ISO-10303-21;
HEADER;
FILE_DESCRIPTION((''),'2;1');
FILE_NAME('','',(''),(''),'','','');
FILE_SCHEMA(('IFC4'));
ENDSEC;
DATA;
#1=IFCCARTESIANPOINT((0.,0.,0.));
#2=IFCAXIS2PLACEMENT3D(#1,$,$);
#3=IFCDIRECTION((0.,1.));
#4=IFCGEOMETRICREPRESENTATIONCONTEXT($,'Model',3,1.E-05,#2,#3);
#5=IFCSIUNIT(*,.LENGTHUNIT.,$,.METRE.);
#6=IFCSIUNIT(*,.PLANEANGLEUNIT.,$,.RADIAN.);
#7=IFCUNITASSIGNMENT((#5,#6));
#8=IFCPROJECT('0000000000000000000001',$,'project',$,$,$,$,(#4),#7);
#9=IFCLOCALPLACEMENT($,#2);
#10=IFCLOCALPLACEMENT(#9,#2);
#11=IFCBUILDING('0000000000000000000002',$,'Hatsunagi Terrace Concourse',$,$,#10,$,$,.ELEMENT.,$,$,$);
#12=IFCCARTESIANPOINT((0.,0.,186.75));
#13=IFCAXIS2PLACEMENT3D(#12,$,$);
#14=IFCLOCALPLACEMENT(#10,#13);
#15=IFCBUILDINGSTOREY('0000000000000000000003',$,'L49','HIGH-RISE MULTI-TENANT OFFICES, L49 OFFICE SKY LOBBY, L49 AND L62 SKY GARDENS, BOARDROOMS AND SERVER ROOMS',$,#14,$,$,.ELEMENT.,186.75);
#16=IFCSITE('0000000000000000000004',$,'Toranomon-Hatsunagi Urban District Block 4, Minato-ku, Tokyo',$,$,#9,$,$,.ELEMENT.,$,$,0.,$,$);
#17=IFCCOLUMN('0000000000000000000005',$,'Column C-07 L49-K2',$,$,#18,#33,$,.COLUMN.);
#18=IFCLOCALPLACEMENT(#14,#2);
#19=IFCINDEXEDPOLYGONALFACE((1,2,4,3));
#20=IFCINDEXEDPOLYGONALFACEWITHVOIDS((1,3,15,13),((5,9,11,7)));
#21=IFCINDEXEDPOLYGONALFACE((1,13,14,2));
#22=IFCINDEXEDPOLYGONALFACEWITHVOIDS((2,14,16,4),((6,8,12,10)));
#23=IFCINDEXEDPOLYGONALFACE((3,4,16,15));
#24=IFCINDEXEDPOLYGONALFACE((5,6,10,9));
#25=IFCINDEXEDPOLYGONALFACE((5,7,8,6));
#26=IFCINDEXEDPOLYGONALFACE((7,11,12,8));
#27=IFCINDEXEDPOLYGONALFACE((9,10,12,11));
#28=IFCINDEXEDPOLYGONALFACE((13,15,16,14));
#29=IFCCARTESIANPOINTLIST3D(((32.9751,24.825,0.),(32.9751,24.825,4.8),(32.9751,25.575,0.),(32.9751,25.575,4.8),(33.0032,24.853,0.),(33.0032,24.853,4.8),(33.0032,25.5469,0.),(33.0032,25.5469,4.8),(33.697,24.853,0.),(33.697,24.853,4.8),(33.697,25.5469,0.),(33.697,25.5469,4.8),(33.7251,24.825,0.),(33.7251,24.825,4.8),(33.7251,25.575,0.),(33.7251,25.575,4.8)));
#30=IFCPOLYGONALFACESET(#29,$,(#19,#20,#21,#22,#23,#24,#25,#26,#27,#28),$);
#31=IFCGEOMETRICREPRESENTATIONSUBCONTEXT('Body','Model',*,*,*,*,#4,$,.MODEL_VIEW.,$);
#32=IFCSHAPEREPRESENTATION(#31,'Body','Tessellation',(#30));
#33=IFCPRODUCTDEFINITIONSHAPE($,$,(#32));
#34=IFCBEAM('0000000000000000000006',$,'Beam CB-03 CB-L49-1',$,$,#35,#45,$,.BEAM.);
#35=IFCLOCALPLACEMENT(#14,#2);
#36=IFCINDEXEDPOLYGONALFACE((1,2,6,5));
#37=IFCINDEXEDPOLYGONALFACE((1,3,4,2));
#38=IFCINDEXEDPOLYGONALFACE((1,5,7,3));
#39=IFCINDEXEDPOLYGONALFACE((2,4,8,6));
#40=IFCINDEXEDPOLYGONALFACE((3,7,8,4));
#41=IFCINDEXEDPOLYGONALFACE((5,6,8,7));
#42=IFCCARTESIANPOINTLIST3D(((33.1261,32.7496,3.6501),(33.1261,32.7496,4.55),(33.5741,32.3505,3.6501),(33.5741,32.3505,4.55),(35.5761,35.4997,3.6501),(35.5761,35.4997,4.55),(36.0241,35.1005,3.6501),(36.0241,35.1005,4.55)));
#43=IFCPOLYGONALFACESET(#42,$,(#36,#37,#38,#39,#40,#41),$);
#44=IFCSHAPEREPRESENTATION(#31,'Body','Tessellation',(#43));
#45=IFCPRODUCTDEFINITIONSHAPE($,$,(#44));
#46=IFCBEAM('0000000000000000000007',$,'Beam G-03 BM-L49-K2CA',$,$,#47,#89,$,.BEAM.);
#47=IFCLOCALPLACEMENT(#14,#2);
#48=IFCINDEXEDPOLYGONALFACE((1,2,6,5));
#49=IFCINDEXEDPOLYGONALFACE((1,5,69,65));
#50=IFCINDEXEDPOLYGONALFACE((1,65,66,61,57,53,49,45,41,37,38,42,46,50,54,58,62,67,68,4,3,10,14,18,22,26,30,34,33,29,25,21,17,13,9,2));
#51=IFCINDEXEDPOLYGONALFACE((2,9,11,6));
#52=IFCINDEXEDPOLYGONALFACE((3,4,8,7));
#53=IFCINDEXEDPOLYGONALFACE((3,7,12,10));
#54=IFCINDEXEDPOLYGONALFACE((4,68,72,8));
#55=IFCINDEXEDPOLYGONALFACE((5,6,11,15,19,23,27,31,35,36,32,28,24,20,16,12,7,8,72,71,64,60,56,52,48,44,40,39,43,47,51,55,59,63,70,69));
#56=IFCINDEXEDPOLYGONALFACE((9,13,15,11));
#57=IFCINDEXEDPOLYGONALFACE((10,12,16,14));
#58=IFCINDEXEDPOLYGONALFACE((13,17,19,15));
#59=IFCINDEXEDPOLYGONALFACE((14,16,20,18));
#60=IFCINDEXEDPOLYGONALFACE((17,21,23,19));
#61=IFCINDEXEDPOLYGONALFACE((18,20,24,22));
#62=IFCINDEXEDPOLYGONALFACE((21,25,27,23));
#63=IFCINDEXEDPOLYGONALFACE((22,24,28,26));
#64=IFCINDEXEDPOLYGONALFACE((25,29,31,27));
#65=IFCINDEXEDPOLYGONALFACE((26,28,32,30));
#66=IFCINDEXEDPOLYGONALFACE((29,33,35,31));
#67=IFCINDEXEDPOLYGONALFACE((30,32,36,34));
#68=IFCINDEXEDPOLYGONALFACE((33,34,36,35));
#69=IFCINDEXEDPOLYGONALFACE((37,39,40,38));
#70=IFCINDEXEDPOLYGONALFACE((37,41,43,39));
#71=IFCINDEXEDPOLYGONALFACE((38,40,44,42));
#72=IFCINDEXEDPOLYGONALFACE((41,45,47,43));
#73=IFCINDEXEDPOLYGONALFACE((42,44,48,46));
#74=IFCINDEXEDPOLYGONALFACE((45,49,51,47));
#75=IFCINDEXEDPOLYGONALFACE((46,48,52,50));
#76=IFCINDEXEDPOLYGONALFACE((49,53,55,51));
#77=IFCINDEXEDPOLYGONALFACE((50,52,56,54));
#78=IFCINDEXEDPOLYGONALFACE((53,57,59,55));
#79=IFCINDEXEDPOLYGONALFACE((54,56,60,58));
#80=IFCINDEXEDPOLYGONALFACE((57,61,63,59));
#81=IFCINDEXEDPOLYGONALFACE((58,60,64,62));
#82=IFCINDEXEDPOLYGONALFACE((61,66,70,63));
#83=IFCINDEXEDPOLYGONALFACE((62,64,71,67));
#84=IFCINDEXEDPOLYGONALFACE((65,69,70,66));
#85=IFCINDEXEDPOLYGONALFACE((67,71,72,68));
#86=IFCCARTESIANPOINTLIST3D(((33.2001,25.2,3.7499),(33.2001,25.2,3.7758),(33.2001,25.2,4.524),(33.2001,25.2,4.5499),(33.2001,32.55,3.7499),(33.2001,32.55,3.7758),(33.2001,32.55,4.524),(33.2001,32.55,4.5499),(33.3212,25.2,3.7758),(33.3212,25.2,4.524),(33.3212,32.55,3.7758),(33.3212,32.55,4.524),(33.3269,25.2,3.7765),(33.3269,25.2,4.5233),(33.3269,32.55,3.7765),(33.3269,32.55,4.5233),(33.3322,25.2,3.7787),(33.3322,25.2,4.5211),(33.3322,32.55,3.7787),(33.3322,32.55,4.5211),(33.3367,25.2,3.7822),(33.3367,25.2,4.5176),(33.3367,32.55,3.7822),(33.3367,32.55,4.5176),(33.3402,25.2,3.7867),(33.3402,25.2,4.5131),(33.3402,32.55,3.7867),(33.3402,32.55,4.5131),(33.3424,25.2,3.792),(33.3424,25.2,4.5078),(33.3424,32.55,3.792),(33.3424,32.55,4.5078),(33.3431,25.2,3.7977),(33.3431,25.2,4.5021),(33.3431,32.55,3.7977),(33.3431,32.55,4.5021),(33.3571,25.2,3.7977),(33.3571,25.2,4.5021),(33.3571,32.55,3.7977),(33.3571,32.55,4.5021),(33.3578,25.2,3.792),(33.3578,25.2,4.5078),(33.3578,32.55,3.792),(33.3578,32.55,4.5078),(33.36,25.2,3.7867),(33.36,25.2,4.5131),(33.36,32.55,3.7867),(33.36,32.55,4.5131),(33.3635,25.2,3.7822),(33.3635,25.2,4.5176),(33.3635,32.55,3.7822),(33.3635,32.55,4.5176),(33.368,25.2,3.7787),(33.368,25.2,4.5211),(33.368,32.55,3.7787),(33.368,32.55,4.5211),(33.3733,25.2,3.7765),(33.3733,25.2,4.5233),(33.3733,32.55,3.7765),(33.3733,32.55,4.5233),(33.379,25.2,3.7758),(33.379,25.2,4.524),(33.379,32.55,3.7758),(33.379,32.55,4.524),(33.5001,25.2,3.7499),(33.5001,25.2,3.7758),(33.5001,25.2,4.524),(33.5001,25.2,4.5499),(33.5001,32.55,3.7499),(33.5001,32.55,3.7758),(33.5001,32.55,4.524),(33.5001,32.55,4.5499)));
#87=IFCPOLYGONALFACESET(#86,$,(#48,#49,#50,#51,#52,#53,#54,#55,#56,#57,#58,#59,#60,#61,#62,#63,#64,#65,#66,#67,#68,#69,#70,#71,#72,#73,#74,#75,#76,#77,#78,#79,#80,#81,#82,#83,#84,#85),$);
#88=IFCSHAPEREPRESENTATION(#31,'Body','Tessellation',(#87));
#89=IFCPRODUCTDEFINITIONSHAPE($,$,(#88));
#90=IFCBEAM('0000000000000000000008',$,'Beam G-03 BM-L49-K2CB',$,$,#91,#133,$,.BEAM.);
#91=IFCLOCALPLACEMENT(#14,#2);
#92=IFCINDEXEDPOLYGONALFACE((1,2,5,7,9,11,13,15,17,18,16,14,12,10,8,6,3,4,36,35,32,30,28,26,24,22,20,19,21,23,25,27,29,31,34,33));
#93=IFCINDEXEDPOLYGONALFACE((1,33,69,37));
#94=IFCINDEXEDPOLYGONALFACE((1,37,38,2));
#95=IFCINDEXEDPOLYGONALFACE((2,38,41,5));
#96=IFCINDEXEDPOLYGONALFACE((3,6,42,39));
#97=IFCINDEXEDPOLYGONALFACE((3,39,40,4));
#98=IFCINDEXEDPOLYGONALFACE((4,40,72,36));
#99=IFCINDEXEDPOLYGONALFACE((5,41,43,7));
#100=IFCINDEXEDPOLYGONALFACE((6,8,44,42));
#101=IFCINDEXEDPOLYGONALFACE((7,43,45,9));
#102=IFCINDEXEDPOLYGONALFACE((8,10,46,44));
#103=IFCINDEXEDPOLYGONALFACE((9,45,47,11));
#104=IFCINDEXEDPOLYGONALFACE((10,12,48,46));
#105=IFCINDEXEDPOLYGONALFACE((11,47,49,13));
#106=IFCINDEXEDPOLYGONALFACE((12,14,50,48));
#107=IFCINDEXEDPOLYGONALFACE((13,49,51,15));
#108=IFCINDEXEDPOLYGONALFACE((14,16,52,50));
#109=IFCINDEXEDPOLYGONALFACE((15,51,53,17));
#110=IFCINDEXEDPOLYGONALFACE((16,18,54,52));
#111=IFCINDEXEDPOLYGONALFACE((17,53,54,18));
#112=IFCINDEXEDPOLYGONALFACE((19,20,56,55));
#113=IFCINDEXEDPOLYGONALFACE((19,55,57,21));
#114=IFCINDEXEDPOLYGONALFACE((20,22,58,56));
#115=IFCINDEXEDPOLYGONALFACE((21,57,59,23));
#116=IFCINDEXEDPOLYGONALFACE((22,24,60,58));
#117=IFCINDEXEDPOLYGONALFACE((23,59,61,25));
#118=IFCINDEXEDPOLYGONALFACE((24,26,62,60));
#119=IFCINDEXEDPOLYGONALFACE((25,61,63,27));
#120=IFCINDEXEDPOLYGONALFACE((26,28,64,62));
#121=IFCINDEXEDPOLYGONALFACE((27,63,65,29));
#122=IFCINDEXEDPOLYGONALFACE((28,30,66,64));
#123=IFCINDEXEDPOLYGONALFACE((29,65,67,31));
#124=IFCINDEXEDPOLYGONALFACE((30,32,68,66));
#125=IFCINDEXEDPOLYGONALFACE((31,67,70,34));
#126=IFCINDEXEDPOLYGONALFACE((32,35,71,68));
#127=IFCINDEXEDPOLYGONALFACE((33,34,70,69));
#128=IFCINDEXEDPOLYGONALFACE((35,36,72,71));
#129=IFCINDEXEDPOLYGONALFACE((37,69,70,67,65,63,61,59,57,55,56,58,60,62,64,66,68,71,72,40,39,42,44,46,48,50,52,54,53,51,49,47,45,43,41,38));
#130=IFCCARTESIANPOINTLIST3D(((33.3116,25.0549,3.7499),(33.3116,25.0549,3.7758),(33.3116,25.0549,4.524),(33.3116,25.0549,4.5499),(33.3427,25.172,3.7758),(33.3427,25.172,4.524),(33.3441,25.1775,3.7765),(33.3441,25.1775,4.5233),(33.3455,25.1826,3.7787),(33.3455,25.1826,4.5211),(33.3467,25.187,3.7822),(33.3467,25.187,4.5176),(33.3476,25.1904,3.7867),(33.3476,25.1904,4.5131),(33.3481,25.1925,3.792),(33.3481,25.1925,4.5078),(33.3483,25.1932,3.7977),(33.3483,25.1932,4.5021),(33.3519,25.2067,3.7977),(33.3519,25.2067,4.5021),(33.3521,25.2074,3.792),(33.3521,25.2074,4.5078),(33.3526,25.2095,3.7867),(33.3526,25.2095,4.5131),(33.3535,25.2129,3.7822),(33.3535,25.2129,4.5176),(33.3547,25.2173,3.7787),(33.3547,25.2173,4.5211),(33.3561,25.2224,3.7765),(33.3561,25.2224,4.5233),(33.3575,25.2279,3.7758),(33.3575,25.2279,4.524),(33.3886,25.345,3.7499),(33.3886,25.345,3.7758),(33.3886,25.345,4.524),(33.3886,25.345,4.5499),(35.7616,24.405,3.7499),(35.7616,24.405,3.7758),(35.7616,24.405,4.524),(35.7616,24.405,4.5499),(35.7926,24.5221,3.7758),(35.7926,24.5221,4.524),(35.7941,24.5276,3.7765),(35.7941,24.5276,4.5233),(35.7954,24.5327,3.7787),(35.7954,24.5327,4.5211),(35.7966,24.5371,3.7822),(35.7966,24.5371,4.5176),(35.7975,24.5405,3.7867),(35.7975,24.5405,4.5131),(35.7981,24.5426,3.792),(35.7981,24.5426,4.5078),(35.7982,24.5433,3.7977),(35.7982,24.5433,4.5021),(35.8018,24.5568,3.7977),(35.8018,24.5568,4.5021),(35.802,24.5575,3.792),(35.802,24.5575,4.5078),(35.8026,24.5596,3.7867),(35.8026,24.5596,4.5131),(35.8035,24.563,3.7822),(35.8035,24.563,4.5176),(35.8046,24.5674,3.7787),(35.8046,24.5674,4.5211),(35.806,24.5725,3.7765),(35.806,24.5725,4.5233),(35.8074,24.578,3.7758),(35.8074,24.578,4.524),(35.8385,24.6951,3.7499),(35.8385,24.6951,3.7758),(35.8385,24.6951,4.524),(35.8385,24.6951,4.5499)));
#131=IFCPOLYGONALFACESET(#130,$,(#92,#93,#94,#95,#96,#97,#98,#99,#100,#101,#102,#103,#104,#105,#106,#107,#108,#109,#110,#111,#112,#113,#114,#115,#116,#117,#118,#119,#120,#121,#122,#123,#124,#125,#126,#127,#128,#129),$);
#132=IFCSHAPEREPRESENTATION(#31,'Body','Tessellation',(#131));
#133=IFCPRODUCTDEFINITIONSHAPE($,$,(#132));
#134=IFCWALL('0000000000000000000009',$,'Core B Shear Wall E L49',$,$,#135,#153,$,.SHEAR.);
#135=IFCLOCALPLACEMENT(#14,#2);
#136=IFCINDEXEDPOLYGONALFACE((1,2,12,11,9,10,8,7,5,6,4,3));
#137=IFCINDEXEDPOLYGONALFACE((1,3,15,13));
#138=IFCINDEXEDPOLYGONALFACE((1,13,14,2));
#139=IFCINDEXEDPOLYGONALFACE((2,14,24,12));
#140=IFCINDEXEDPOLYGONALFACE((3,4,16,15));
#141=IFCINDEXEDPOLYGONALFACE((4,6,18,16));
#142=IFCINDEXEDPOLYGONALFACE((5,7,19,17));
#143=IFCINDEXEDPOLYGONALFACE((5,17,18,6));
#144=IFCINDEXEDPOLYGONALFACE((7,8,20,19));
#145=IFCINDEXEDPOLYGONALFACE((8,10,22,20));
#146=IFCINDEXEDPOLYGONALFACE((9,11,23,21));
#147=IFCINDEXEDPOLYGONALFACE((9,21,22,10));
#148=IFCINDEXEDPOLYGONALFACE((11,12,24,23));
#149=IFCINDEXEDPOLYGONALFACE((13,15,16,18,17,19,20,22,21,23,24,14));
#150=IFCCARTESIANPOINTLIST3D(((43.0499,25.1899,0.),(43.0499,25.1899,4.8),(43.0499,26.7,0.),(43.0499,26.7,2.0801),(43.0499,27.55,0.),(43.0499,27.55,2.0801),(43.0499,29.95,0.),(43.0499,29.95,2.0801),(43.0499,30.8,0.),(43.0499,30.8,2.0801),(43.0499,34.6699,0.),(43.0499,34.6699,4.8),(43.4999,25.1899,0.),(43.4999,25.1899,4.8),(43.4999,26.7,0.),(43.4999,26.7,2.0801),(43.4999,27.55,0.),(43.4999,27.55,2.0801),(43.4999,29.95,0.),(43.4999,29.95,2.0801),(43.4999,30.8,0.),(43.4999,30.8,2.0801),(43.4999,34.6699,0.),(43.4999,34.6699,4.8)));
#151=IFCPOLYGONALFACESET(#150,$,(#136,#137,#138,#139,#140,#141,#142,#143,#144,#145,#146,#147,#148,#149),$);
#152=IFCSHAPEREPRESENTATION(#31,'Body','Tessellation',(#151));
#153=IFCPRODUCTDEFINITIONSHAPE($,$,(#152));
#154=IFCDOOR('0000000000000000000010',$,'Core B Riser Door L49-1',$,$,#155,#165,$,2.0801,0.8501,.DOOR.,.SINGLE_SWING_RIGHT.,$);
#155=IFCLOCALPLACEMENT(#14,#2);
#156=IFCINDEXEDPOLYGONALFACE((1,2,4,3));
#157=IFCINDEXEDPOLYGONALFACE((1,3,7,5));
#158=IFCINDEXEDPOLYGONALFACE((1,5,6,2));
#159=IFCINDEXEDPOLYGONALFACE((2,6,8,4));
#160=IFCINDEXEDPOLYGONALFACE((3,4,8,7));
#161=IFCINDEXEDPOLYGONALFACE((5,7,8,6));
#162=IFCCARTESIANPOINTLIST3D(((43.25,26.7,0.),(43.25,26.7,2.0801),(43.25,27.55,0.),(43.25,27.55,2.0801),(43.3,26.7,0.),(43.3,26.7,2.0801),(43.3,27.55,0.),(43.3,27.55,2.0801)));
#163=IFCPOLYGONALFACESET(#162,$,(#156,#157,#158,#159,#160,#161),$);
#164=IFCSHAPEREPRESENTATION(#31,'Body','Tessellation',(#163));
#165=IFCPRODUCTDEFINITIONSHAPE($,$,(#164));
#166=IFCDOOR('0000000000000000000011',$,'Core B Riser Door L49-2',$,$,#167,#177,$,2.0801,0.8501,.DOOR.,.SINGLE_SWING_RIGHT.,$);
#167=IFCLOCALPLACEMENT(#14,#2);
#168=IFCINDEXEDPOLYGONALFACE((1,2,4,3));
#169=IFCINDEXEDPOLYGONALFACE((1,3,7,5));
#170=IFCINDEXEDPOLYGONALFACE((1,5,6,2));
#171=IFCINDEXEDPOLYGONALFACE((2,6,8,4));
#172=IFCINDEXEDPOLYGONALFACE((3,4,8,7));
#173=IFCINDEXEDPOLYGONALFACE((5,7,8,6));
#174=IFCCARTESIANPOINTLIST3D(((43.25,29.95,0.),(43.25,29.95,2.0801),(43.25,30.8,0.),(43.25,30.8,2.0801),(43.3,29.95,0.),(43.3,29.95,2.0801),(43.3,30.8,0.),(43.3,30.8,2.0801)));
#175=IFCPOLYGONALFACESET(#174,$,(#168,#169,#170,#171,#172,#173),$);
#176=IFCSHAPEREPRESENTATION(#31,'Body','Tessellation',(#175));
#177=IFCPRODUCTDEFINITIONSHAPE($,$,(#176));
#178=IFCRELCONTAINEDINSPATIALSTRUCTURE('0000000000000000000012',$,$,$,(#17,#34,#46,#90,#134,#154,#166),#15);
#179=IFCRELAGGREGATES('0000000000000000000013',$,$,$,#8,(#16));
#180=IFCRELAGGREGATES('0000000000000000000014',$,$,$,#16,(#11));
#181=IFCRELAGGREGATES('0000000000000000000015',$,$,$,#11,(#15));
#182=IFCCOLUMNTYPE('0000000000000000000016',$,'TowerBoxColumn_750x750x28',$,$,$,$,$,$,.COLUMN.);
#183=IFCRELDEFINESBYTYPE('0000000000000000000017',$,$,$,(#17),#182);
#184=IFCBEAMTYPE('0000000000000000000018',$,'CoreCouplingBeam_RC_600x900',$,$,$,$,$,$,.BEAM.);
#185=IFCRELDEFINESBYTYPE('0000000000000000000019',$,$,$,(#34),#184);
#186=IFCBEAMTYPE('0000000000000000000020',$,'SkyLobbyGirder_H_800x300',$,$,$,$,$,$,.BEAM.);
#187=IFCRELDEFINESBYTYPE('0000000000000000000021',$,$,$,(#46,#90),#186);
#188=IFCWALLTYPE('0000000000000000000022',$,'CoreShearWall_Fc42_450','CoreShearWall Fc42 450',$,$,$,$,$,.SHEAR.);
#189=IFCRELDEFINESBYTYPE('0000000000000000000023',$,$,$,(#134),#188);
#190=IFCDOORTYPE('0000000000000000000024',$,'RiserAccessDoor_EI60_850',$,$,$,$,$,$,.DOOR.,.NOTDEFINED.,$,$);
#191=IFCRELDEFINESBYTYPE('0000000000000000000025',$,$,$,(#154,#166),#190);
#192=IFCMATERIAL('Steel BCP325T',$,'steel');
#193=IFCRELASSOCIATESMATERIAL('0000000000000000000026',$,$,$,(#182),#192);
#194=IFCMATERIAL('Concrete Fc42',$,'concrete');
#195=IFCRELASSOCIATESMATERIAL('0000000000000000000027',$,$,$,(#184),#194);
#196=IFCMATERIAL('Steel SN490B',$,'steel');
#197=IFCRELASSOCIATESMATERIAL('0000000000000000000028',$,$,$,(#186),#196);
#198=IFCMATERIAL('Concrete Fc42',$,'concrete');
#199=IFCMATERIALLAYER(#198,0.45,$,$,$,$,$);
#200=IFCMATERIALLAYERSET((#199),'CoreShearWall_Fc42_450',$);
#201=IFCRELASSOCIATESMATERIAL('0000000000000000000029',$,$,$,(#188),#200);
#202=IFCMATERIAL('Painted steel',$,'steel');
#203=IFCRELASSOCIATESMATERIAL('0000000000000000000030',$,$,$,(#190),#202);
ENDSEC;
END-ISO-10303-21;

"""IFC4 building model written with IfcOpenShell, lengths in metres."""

from ifc_helpers import new_model, si_unit, direction, frame, frame_2d, origin, origin_2d, place, context, subcontext, project, spatial, rectangle, hollow_rectangle, i_section, extrude, material, layer, layer_set, material_profile, profile_set, type_object, element, fill, save


model = new_model("IFC4")

# Units and contexts
model_context = context("Model", 3, precision=1e-05, world=origin(), true_north=direction((0.0, 1.0)))
body_context = subcontext(model_context, "Body", "Model", "MODEL_VIEW")
ifc_project = project(units=[si_unit("LENGTHUNIT", "METRE"), si_unit("PLANEANGLEUNIT", "RADIAN")], contexts=[model_context])

# Site, building, storey
site_placement = place(None, origin())
site = spatial("IfcSite", under=ifc_project, at=site_placement, Name="Toranomon-Hatsunagi Urban District Block 4, Minato-ku, Tokyo", CompositionType="ELEMENT", RefElevation=0.0)
building_placement = place(site_placement, origin())
building = spatial("IfcBuilding", under=site, at=building_placement, Name="Hatsunagi Terrace Concourse", CompositionType="ELEMENT")
storey_placement = place(building_placement, frame((0.0, 0.0, 186.75)))
storey = spatial("IfcBuildingStorey", under=building, at=storey_placement, Name="L49", Description="HIGH-RISE MULTI-TENANT OFFICES, L49 OFFICE SKY LOBBY, L49 AND L62 SKY GARDENS, BOARDROOMS AND SERVER ROOMS", CompositionType="ELEMENT", Elevation=186.75)

# Column
ifc_material_1 = material(Name="Steel BCP325T", Category="steel")
ifc_material_profile_1 = material_profile(ifc_material_1, hollow_rectangle(XDim=0.75, YDim=0.75, WallThickness=0.0281, at=origin_2d()), Name="BCP-750x750x28")
ifc_profile_set_1 = profile_set([ifc_material_profile_1], Name="Steel BCP325T")
column_type = type_object("IfcColumnType", Name="TowerBoxColumn_750x750x28", PredefinedType="COLUMN", material=ifc_profile_set_1)
column_placement = place(storey_placement, frame((33.3501, 25.2, 0.0), z_axis=(0.0, 0.0, 1.0), x_axis=(1.0, 0.0, 0.0)))
element("IfcColumn", 1, at=column_placement, inside=storey, type_object=column_type, Name="Column C-07 L49-K2", PredefinedType="COLUMN", context=body_context, shape_type="SweptSolid", body=[
    extrude(hollow_rectangle(XDim=0.75, YDim=0.75, WallThickness=0.0281, at=origin_2d()), origin(), (0.0, 0.0, 1.0), 4.8),
])

# Beams
ifc_material_2 = material(Name="Concrete Fc42", Category="concrete")
ifc_material_profile_2 = material_profile(ifc_material_2, rectangle(XDim=0.6001, YDim=0.8999, at=origin_2d()), Name="RC-600x900")
ifc_profile_set_2 = profile_set([ifc_material_profile_2], Name="Concrete Fc42")
beam_type_1 = type_object("IfcBeamType", Name="CoreCouplingBeam_RC_600x900", PredefinedType="BEAM", material=ifc_profile_set_2)
beam_1_placement = place(storey_placement, frame((33.3501, 32.55, 4.1001), z_axis=(0.665199, 0.746666, 0.0), x_axis=(-0.746666, 0.665199, 0.0)))
element("IfcBeam", 2, at=beam_1_placement, inside=storey, type_object=beam_type_1, Name="Beam CB-03 CB-L49-1", PredefinedType="BEAM", context=body_context, shape_type="SweptSolid", body=[
    extrude(rectangle(XDim=0.6001, YDim=0.8999, at=origin_2d()), origin(), (0.0, 0.0, 1.0), 3.6831),
])
ifc_material_3 = material(Name="Steel SN490B", Category="steel")
ifc_material_profile_3 = material_profile(ifc_material_3, i_section(OverallWidth=0.3, OverallDepth=0.8, WebThickness=0.0139, FlangeThickness=0.0259, FilletRadius=0.022, at=origin_2d()), Name="H-800x300x14x26")
ifc_profile_set_3 = profile_set([ifc_material_profile_3], Name="Steel SN490B")
beam_type_2 = type_object("IfcBeamType", Name="SkyLobbyGirder_H_800x300", PredefinedType="BEAM", material=ifc_profile_set_3)
beam_2_placement = place(storey_placement, frame((33.3501, 25.2, 4.1499), z_axis=(0.0, 1.0, 0.0), x_axis=(-1.0, 0.0, 0.0)))
element("IfcBeam", 3, at=beam_2_placement, inside=storey, type_object=beam_type_2, Name="Beam G-03 BM-L49-K2CA", PredefinedType="BEAM", context=body_context, shape_type="SweptSolid", body=[
    extrude(i_section(OverallWidth=0.3, OverallDepth=0.8, WebThickness=0.0139, FlangeThickness=0.0259, FilletRadius=0.022, at=origin_2d()), origin(), (0.0, 0.0, 1.0), 7.3501),
])
beam_3_placement = place(storey_placement, frame((33.3501, 25.2, 4.1499), z_axis=(0.96657, -0.256403, 0.0), x_axis=(0.256403, 0.96657, 0.0)))
element("IfcBeam", 4, at=beam_3_placement, inside=storey, type_object=beam_type_2, Name="Beam G-03 BM-L49-K2CB", PredefinedType="BEAM", context=body_context, shape_type="SweptSolid", body=[
    extrude(i_section(OverallWidth=0.3, OverallDepth=0.8, WebThickness=0.0139, FlangeThickness=0.0259, FilletRadius=0.022, at=origin_2d()), origin(), (0.0, 0.0, 1.0), 2.5347),
])

# Wall, openings, doors
ifc_material_4 = material(Name="Concrete Fc42", Category="concrete")
ifc_layer_1 = layer(ifc_material_4, 0.45)
ifc_layer_set_1 = layer_set([ifc_layer_1], Name="CoreShearWall_Fc42_450")
wall_type_1 = type_object("IfcWallType", Name="CoreShearWall_Fc42_450", Description="CoreShearWall Fc42 450", PredefinedType="SHEAR", material=ifc_layer_set_1)
wall_1_placement = place(storey_placement, frame((43.2749, 25.1899, 0.0), z_axis=(0.0, 0.0, 1.0), x_axis=(0.0, 1.0, 0.0)))
wall_1 = element("IfcWall", 5, at=wall_1_placement, inside=storey, type_object=wall_type_1, Name="Core B Shear Wall E L49", PredefinedType="SHEAR", context=body_context, shape_type="SweptSolid", body=[
    extrude(rectangle(XDim=9.48, YDim=0.45, at=frame_2d((4.74, 0.0))), origin(), (0.0, 0.0, 1.0), 4.8),
])
opening_1_placement = place(wall_1_placement, frame((1.51, 0.0, 0.0)))
opening_1 = element("IfcOpeningElement", 6, at=opening_1_placement, cuts=wall_1, PredefinedType="OPENING", context=body_context, shape_type="SweptSolid", body=[
    extrude(rectangle(XDim=0.8501, YDim=2.0801, at=frame_2d((0.425, 1.04))), frame((0.0, 0.2349, 0.0), z_axis=(0.0, -1.0, 0.0), x_axis=(1.0, 0.0, 0.0)), (0.0, 0.0, 1.0), 0.47),
])
opening_2_placement = place(wall_1_placement, frame((4.76, 0.0, 0.0)))
opening_2 = element("IfcOpeningElement", 7, at=opening_2_placement, cuts=wall_1, PredefinedType="OPENING", context=body_context, shape_type="SweptSolid", body=[
    extrude(rectangle(XDim=0.8501, YDim=2.0801, at=frame_2d((0.425, 1.04))), frame((0.0, 0.2349, 0.0), z_axis=(0.0, -1.0, 0.0), x_axis=(1.0, 0.0, 0.0)), (0.0, 0.0, 1.0), 0.47),
])
ifc_material_5 = material(Name="Painted steel", Category="steel")
door_type_1 = type_object("IfcDoorType", Name="RiserAccessDoor_EI60_850", OperationType="NOTDEFINED", PredefinedType="DOOR", material=ifc_material_5)
door_1_placement = place(opening_1_placement, origin())
door_1 = element("IfcDoor", 8, at=door_1_placement, inside=storey, type_object=door_type_1, Name="Core B Riser Door L49-1", OperationType="SINGLE_SWING_RIGHT", OverallHeight=2.0801, OverallWidth=0.8501, PredefinedType="DOOR", context=body_context, shape_type="SweptSolid", body=[
    extrude(rectangle(XDim=0.8501, YDim=2.0801, at=frame_2d((0.425, 1.04))), frame((0.0, 0.0249, 0.0), z_axis=(0.0, -1.0, 0.0), x_axis=(1.0, 0.0, 0.0)), (0.0, 0.0, 1.0), 0.05),
])
fill(opening_1, door_1)
door_2_placement = place(opening_2_placement, origin())
door_2 = element("IfcDoor", 9, at=door_2_placement, inside=storey, type_object=door_type_1, Name="Core B Riser Door L49-2", OperationType="SINGLE_SWING_RIGHT", OverallHeight=2.0801, OverallWidth=0.8501, PredefinedType="DOOR", context=body_context, shape_type="SweptSolid", body=[
    extrude(rectangle(XDim=0.8501, YDim=2.0801, at=frame_2d((0.425, 1.04))), frame((0.0, 0.0249, 0.0), z_axis=(0.0, -1.0, 0.0), x_axis=(1.0, 0.0, 0.0)), (0.0, 0.0, 1.0), 0.05),
])
fill(opening_2, door_2)

save(model, "model.ifc")
